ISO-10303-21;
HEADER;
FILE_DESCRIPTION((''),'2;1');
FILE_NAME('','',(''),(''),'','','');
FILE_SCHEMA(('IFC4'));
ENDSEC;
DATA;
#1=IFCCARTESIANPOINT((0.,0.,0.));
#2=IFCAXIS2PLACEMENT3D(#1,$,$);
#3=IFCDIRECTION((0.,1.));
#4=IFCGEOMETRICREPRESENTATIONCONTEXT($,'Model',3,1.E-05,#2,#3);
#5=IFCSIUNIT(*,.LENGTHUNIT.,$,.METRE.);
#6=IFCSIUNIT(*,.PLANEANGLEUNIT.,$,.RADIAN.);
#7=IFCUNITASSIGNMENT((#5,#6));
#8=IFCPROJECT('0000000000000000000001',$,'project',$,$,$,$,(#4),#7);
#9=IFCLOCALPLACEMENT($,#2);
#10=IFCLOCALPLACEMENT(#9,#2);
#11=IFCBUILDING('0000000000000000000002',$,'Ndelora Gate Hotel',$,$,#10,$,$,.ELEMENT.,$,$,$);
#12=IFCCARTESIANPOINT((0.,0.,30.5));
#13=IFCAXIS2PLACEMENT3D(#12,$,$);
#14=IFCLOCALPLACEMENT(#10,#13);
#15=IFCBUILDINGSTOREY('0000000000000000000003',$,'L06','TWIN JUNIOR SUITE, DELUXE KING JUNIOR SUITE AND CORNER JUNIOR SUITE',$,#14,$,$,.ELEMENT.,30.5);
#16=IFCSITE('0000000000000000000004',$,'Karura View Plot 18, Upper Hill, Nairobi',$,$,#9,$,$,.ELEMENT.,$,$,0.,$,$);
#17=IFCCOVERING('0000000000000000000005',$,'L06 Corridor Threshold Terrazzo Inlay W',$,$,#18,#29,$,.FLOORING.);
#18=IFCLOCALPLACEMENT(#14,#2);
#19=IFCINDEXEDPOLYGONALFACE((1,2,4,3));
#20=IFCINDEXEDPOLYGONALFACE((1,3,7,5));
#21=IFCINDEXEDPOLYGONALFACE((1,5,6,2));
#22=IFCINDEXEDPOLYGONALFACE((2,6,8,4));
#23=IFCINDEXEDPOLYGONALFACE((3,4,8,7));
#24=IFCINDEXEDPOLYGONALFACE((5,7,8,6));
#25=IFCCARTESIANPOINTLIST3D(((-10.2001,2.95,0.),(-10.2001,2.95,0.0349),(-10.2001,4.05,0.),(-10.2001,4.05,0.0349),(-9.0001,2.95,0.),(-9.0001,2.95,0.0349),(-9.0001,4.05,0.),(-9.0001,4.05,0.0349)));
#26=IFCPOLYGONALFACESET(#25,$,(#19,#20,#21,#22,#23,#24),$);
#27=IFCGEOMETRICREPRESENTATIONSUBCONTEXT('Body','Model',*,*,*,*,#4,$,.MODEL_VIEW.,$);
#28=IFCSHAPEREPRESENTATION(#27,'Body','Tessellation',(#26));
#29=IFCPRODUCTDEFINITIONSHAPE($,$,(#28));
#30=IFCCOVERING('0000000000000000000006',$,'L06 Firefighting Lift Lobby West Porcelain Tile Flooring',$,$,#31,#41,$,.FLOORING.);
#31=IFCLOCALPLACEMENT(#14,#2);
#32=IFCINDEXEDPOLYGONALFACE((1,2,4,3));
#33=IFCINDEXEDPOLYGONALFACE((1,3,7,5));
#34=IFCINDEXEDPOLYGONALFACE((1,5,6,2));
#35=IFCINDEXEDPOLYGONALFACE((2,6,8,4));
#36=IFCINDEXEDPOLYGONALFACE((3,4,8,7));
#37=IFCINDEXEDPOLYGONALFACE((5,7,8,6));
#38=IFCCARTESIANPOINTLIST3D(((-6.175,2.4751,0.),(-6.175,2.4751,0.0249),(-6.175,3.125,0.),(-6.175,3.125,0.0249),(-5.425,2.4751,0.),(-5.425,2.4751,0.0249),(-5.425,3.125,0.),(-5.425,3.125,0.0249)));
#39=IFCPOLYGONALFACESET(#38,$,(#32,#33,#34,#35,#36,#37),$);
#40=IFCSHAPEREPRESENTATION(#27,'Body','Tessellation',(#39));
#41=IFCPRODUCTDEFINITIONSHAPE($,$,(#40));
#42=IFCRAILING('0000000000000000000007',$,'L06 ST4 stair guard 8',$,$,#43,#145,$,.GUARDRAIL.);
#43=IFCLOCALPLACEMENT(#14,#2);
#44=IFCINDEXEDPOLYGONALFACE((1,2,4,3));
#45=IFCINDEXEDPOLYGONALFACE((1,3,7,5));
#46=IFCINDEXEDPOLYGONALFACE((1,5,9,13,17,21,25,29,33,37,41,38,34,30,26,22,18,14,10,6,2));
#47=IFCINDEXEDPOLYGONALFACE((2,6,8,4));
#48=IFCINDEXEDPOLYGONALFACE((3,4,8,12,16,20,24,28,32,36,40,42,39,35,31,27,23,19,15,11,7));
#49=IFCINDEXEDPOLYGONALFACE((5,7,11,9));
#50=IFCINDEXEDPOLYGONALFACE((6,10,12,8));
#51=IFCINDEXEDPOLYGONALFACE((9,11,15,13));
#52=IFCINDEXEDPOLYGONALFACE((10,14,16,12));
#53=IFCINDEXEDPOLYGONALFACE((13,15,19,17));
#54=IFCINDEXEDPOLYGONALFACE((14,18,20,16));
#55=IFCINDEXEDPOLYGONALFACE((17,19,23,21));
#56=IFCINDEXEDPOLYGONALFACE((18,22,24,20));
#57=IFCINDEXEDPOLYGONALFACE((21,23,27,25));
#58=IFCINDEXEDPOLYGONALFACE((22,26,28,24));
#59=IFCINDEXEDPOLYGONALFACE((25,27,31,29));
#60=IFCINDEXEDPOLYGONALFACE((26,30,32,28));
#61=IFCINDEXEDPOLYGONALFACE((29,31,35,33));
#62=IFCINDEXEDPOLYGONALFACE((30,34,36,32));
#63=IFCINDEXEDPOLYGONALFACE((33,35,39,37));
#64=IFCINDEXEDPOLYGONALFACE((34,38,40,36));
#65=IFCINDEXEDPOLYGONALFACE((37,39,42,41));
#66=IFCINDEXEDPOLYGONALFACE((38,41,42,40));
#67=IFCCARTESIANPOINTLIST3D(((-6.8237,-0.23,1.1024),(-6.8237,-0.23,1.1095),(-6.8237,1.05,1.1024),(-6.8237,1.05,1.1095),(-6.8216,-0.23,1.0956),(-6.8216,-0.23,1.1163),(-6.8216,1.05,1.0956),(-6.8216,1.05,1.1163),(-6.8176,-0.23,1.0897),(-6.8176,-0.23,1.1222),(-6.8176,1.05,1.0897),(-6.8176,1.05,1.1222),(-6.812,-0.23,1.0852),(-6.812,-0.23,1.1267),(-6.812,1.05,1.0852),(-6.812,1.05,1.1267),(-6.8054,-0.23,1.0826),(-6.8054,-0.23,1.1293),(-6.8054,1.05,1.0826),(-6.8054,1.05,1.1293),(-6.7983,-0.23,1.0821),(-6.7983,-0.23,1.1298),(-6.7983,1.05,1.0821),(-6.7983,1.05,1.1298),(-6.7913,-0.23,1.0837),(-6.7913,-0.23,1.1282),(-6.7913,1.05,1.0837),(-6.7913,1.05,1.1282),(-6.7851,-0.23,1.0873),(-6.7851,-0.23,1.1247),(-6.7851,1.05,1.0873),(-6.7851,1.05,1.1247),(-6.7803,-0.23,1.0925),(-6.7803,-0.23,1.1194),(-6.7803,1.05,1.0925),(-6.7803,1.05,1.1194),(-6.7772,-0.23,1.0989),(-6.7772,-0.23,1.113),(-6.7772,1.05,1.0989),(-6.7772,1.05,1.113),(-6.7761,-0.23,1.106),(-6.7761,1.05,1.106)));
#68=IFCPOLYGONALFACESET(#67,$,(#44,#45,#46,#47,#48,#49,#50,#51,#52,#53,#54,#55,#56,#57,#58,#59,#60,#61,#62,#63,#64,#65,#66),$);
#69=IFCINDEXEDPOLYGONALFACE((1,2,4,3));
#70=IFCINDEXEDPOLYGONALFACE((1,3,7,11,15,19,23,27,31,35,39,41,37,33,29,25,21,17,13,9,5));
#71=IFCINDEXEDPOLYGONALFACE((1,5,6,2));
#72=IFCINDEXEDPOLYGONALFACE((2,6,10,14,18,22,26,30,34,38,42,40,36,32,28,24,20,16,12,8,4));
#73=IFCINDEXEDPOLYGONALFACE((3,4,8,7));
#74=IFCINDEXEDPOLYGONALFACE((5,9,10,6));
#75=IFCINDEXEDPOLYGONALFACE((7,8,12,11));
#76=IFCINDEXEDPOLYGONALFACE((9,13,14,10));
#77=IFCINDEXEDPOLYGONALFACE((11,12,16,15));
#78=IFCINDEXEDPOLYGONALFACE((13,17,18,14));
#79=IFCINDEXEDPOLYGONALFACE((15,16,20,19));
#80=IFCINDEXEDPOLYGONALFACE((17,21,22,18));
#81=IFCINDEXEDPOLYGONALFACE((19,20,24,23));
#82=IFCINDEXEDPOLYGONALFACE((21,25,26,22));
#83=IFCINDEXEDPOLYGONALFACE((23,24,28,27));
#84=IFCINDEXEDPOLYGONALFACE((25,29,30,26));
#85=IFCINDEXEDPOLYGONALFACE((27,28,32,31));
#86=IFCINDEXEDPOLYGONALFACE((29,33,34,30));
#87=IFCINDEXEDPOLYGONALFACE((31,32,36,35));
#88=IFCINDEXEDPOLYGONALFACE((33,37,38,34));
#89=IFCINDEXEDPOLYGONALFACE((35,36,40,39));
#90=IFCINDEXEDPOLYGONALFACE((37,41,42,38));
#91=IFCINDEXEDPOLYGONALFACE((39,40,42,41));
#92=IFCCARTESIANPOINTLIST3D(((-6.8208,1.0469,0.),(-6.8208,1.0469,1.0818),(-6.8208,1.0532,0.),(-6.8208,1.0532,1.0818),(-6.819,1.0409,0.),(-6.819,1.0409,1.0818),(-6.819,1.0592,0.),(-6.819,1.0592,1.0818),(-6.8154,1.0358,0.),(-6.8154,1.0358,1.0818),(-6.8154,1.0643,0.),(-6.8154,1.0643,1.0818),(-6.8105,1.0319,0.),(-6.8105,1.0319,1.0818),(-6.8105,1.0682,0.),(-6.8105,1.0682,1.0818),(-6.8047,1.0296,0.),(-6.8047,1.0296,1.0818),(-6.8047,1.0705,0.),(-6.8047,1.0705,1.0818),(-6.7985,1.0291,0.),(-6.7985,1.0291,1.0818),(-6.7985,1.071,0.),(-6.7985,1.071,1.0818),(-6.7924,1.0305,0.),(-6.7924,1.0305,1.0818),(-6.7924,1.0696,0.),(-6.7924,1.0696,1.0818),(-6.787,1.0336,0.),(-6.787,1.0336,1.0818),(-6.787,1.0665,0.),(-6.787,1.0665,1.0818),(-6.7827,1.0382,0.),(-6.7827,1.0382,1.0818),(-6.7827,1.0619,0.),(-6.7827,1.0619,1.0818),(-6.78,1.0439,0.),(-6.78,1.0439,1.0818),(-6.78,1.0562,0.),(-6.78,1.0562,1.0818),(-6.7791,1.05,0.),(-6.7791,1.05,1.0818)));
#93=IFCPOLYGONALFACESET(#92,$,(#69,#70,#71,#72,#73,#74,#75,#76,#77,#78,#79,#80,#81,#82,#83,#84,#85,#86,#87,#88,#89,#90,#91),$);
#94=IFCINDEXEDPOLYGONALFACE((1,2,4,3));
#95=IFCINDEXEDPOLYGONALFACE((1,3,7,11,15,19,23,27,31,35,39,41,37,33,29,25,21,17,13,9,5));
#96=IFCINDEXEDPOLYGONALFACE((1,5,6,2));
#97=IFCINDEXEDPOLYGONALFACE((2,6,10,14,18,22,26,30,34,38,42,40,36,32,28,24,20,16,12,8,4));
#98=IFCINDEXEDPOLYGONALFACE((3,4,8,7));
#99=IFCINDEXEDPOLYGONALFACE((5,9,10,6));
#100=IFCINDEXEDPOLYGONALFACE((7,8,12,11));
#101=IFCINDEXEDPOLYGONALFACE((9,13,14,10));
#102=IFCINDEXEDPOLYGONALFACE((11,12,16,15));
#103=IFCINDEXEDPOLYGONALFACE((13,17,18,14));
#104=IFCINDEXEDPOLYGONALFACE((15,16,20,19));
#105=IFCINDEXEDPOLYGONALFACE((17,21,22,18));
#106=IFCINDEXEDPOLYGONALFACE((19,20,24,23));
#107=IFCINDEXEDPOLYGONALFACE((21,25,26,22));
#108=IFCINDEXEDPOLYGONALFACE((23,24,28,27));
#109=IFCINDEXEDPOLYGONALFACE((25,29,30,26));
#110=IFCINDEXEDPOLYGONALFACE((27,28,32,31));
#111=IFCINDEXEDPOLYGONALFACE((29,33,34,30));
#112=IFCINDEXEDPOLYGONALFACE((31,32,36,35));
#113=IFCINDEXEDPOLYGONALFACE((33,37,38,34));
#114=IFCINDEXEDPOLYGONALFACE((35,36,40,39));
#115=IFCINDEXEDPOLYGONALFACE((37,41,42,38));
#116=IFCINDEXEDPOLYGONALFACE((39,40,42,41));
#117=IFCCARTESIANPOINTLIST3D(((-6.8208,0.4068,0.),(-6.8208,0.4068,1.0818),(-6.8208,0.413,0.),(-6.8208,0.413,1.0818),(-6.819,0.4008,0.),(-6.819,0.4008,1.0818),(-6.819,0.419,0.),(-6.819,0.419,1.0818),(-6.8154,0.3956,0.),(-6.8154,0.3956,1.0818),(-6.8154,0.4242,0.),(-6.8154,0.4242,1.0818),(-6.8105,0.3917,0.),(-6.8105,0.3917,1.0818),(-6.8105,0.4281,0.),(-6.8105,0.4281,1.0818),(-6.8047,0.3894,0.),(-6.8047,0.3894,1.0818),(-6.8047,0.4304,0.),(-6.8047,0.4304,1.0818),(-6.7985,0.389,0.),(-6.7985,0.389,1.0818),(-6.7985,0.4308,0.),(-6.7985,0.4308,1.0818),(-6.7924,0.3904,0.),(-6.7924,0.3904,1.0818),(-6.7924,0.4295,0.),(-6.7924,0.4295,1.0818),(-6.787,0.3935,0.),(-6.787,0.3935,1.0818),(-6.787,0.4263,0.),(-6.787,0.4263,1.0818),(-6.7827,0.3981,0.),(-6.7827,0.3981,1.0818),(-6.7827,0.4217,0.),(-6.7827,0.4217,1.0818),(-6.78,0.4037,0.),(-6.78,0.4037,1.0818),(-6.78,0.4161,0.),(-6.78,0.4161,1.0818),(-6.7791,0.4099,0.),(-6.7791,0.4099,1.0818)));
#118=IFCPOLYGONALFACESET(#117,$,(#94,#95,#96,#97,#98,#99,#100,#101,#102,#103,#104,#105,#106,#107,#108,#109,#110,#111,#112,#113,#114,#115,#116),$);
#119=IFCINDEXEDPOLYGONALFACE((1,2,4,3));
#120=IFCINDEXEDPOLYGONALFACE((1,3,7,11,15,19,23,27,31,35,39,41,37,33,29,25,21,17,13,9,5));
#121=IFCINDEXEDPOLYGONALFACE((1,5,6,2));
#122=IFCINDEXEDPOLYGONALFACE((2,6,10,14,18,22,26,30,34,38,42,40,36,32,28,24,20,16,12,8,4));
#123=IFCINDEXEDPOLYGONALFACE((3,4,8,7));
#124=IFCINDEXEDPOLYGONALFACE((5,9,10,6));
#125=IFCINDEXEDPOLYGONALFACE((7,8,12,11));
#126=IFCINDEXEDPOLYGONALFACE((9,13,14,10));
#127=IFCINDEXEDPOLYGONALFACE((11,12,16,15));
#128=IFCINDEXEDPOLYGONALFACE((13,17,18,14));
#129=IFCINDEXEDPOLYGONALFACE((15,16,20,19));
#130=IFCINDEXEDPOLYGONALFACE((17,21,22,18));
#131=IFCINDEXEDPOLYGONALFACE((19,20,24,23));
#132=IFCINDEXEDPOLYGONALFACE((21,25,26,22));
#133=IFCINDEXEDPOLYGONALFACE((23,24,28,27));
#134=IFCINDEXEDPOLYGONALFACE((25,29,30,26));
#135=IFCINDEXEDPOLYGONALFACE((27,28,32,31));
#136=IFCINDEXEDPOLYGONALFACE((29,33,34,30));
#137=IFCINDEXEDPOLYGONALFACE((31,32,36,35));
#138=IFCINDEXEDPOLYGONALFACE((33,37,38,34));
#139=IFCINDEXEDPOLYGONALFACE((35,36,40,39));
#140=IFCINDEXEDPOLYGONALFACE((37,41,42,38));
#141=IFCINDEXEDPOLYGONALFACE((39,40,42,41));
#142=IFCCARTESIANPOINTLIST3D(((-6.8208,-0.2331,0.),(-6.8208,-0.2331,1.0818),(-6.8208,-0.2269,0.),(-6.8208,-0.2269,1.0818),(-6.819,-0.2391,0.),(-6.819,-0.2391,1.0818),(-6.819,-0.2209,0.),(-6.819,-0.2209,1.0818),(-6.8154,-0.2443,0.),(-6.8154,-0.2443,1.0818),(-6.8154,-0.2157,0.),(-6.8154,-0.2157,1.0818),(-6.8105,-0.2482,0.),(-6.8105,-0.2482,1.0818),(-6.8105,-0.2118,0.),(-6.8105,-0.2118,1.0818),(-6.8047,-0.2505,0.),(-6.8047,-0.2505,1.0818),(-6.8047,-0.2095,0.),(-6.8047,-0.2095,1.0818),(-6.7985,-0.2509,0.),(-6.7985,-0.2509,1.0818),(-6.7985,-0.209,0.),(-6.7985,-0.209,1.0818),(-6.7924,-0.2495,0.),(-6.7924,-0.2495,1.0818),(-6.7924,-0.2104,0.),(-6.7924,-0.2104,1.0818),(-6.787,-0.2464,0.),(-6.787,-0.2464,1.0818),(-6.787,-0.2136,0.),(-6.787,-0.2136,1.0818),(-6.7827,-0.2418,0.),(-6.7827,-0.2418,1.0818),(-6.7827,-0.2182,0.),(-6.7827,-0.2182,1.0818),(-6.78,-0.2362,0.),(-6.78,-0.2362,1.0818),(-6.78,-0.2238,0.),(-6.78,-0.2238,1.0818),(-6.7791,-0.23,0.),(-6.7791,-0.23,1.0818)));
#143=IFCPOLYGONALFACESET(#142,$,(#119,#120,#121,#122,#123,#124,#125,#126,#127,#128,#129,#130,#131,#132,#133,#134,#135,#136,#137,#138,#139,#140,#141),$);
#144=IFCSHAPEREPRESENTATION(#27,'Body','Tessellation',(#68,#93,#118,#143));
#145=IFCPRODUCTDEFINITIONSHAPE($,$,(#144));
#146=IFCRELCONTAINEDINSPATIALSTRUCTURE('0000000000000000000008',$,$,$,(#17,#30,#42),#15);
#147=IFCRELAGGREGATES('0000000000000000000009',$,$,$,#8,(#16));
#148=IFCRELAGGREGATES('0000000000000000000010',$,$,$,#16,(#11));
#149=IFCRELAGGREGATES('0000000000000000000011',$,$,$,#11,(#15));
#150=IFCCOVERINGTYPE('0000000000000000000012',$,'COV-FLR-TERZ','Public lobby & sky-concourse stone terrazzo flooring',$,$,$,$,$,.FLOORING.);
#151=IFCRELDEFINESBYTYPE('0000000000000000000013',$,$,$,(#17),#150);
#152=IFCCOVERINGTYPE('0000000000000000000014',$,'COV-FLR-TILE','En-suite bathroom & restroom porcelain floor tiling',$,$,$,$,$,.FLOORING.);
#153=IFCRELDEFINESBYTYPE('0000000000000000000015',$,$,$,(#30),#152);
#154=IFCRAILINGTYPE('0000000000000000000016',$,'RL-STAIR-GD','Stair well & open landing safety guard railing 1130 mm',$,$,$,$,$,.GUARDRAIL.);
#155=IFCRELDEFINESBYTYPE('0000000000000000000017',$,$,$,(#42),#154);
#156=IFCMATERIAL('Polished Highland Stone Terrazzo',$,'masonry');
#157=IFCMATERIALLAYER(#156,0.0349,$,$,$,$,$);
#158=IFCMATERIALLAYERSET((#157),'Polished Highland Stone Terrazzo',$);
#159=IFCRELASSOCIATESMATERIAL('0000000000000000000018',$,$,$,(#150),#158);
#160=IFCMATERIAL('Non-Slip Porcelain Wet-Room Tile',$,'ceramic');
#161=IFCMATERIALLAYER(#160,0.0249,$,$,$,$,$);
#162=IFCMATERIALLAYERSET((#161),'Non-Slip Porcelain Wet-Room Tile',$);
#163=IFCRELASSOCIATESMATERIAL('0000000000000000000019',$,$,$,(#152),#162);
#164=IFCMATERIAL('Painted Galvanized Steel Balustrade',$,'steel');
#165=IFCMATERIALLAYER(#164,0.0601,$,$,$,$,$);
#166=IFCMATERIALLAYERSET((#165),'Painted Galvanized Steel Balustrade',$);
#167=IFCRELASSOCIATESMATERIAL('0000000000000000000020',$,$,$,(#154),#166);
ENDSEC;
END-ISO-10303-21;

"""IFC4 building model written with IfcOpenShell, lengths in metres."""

from ifc_helpers import new_model, si_unit, direction, frame, origin, origin_2d, place, context, subcontext, project, spatial, rectangle, circle, extrude, material, layer, layer_set, type_object, element, save


model = new_model("IFC4")

# Units and contexts
model_context = context("Model", 3, precision=1e-05, world=origin(), true_north=direction((0.0, 1.0)))
body_context = subcontext(model_context, "Body", "Model", "MODEL_VIEW")
ifc_project = project(units=[si_unit("LENGTHUNIT", "METRE"), si_unit("PLANEANGLEUNIT", "RADIAN")], contexts=[model_context])

# Site, building, storey
site_placement = place(None, origin())
site = spatial("IfcSite", under=ifc_project, at=site_placement, Name="Karura View Plot 18, Upper Hill, Nairobi", CompositionType="ELEMENT", RefElevation=0.0)
building_placement = place(site_placement, origin())
building = spatial("IfcBuilding", under=site, at=building_placement, Name="Ndelora Gate Hotel", CompositionType="ELEMENT")
storey_placement = place(building_placement, frame((0.0, 0.0, 30.5)))
storey = spatial("IfcBuildingStorey", under=building, at=storey_placement, Name="L06", Description="TWIN JUNIOR SUITE, DELUXE KING JUNIOR SUITE AND CORNER JUNIOR SUITE", CompositionType="ELEMENT", Elevation=30.5)

# Coverings
ifc_material_1 = material(Name="Polished Highland Stone Terrazzo", Category="masonry")
ifc_layer_1 = layer(ifc_material_1, 0.0349)
ifc_layer_set_1 = layer_set([ifc_layer_1], Name="Polished Highland Stone Terrazzo")
covering_type_1 = type_object("IfcCoveringType", Name="COV-FLR-TERZ", Description="Public lobby & sky-concourse stone terrazzo flooring", PredefinedType="FLOORING", material=ifc_layer_set_1)
for number, where, z_axis, x_axis, name in (
    (1, (-9.6001, 3.5, 0.0), (0.0, 0.0, 1.0), (1.0, 0.0, 0.0), "L06 Corridor Threshold Terrazzo Inlay W"),
):
    element("IfcCovering", number, at=place(storey_placement, frame(where, z_axis=z_axis, x_axis=x_axis)), inside=storey, type_object=covering_type_1, Name=name, PredefinedType="FLOORING", context=body_context, shape_type="SweptSolid", body=[
        extrude(rectangle(XDim=1.2, YDim=1.1001, at=origin_2d()), origin(), (0.0, 0.0, 1.0), 0.0349),
    ])
ifc_material_2 = material(Name="Non-Slip Porcelain Wet-Room Tile", Category="ceramic")
ifc_layer_2 = layer(ifc_material_2, 0.0249)
ifc_layer_set_2 = layer_set([ifc_layer_2], Name="Non-Slip Porcelain Wet-Room Tile")
covering_type_2 = type_object("IfcCoveringType", Name="COV-FLR-TILE", Description="En-suite bathroom & restroom porcelain floor tiling", PredefinedType="FLOORING", material=ifc_layer_set_2)
covering_placement = place(storey_placement, frame((-5.8, 2.8, 0.0), z_axis=(0.0, 0.0, 1.0), x_axis=(1.0, 0.0, 0.0)))
element("IfcCovering", 2, at=covering_placement, inside=storey, type_object=covering_type_2, Name="L06 Firefighting Lift Lobby West Porcelain Tile Flooring", PredefinedType="FLOORING", context=body_context, shape_type="SweptSolid", body=[
    extrude(rectangle(XDim=0.75, YDim=0.6499, at=origin_2d()), origin(), (0.0, 0.0, 1.0), 0.0249),
])

# Railing
ifc_material_3 = material(Name="Painted Galvanized Steel Balustrade", Category="steel")
ifc_layer_3 = layer(ifc_material_3, 0.0601)
ifc_layer_set_3 = layer_set([ifc_layer_3], Name="Painted Galvanized Steel Balustrade")
railing_type = type_object("IfcRailingType", Name="RL-STAIR-GD", Description="Stair well & open landing safety guard railing 1130 mm", PredefinedType="GUARDRAIL", material=ifc_layer_set_3)
for number, where, name in (
    (3, (-6.8, 1.05, 0.0), "L06 ST4 stair guard 8"),
):
    element("IfcRailing", number, at=place(storey_placement, frame(where)), inside=storey, type_object=railing_type, Name=name, PredefinedType="GUARDRAIL", context=body_context, shape_type="SweptSolid", body=[
        extrude(circle(Radius=0.0239, at=origin_2d()), frame((0.0, 0.0, 1.106), z_axis=(0.0, -1.0, 0.0), x_axis=(1.0, 0.0, 0.0)), (0.0, 0.0, 1.0), 1.28),
        extrude(circle(Radius=0.021, at=origin_2d()), origin(), (0.0, 0.0, 1.0), 1.0818),
        extrude(circle(Radius=0.021, at=origin_2d()), frame((0.0, -0.6401, 0.0)), (0.0, 0.0, 1.0), 1.0818),
        extrude(circle(Radius=0.021, at=origin_2d()), frame((0.0, -1.28, 0.0)), (0.0, 0.0, 1.0), 1.0818),
    ])

save(model, "model.ifc")
